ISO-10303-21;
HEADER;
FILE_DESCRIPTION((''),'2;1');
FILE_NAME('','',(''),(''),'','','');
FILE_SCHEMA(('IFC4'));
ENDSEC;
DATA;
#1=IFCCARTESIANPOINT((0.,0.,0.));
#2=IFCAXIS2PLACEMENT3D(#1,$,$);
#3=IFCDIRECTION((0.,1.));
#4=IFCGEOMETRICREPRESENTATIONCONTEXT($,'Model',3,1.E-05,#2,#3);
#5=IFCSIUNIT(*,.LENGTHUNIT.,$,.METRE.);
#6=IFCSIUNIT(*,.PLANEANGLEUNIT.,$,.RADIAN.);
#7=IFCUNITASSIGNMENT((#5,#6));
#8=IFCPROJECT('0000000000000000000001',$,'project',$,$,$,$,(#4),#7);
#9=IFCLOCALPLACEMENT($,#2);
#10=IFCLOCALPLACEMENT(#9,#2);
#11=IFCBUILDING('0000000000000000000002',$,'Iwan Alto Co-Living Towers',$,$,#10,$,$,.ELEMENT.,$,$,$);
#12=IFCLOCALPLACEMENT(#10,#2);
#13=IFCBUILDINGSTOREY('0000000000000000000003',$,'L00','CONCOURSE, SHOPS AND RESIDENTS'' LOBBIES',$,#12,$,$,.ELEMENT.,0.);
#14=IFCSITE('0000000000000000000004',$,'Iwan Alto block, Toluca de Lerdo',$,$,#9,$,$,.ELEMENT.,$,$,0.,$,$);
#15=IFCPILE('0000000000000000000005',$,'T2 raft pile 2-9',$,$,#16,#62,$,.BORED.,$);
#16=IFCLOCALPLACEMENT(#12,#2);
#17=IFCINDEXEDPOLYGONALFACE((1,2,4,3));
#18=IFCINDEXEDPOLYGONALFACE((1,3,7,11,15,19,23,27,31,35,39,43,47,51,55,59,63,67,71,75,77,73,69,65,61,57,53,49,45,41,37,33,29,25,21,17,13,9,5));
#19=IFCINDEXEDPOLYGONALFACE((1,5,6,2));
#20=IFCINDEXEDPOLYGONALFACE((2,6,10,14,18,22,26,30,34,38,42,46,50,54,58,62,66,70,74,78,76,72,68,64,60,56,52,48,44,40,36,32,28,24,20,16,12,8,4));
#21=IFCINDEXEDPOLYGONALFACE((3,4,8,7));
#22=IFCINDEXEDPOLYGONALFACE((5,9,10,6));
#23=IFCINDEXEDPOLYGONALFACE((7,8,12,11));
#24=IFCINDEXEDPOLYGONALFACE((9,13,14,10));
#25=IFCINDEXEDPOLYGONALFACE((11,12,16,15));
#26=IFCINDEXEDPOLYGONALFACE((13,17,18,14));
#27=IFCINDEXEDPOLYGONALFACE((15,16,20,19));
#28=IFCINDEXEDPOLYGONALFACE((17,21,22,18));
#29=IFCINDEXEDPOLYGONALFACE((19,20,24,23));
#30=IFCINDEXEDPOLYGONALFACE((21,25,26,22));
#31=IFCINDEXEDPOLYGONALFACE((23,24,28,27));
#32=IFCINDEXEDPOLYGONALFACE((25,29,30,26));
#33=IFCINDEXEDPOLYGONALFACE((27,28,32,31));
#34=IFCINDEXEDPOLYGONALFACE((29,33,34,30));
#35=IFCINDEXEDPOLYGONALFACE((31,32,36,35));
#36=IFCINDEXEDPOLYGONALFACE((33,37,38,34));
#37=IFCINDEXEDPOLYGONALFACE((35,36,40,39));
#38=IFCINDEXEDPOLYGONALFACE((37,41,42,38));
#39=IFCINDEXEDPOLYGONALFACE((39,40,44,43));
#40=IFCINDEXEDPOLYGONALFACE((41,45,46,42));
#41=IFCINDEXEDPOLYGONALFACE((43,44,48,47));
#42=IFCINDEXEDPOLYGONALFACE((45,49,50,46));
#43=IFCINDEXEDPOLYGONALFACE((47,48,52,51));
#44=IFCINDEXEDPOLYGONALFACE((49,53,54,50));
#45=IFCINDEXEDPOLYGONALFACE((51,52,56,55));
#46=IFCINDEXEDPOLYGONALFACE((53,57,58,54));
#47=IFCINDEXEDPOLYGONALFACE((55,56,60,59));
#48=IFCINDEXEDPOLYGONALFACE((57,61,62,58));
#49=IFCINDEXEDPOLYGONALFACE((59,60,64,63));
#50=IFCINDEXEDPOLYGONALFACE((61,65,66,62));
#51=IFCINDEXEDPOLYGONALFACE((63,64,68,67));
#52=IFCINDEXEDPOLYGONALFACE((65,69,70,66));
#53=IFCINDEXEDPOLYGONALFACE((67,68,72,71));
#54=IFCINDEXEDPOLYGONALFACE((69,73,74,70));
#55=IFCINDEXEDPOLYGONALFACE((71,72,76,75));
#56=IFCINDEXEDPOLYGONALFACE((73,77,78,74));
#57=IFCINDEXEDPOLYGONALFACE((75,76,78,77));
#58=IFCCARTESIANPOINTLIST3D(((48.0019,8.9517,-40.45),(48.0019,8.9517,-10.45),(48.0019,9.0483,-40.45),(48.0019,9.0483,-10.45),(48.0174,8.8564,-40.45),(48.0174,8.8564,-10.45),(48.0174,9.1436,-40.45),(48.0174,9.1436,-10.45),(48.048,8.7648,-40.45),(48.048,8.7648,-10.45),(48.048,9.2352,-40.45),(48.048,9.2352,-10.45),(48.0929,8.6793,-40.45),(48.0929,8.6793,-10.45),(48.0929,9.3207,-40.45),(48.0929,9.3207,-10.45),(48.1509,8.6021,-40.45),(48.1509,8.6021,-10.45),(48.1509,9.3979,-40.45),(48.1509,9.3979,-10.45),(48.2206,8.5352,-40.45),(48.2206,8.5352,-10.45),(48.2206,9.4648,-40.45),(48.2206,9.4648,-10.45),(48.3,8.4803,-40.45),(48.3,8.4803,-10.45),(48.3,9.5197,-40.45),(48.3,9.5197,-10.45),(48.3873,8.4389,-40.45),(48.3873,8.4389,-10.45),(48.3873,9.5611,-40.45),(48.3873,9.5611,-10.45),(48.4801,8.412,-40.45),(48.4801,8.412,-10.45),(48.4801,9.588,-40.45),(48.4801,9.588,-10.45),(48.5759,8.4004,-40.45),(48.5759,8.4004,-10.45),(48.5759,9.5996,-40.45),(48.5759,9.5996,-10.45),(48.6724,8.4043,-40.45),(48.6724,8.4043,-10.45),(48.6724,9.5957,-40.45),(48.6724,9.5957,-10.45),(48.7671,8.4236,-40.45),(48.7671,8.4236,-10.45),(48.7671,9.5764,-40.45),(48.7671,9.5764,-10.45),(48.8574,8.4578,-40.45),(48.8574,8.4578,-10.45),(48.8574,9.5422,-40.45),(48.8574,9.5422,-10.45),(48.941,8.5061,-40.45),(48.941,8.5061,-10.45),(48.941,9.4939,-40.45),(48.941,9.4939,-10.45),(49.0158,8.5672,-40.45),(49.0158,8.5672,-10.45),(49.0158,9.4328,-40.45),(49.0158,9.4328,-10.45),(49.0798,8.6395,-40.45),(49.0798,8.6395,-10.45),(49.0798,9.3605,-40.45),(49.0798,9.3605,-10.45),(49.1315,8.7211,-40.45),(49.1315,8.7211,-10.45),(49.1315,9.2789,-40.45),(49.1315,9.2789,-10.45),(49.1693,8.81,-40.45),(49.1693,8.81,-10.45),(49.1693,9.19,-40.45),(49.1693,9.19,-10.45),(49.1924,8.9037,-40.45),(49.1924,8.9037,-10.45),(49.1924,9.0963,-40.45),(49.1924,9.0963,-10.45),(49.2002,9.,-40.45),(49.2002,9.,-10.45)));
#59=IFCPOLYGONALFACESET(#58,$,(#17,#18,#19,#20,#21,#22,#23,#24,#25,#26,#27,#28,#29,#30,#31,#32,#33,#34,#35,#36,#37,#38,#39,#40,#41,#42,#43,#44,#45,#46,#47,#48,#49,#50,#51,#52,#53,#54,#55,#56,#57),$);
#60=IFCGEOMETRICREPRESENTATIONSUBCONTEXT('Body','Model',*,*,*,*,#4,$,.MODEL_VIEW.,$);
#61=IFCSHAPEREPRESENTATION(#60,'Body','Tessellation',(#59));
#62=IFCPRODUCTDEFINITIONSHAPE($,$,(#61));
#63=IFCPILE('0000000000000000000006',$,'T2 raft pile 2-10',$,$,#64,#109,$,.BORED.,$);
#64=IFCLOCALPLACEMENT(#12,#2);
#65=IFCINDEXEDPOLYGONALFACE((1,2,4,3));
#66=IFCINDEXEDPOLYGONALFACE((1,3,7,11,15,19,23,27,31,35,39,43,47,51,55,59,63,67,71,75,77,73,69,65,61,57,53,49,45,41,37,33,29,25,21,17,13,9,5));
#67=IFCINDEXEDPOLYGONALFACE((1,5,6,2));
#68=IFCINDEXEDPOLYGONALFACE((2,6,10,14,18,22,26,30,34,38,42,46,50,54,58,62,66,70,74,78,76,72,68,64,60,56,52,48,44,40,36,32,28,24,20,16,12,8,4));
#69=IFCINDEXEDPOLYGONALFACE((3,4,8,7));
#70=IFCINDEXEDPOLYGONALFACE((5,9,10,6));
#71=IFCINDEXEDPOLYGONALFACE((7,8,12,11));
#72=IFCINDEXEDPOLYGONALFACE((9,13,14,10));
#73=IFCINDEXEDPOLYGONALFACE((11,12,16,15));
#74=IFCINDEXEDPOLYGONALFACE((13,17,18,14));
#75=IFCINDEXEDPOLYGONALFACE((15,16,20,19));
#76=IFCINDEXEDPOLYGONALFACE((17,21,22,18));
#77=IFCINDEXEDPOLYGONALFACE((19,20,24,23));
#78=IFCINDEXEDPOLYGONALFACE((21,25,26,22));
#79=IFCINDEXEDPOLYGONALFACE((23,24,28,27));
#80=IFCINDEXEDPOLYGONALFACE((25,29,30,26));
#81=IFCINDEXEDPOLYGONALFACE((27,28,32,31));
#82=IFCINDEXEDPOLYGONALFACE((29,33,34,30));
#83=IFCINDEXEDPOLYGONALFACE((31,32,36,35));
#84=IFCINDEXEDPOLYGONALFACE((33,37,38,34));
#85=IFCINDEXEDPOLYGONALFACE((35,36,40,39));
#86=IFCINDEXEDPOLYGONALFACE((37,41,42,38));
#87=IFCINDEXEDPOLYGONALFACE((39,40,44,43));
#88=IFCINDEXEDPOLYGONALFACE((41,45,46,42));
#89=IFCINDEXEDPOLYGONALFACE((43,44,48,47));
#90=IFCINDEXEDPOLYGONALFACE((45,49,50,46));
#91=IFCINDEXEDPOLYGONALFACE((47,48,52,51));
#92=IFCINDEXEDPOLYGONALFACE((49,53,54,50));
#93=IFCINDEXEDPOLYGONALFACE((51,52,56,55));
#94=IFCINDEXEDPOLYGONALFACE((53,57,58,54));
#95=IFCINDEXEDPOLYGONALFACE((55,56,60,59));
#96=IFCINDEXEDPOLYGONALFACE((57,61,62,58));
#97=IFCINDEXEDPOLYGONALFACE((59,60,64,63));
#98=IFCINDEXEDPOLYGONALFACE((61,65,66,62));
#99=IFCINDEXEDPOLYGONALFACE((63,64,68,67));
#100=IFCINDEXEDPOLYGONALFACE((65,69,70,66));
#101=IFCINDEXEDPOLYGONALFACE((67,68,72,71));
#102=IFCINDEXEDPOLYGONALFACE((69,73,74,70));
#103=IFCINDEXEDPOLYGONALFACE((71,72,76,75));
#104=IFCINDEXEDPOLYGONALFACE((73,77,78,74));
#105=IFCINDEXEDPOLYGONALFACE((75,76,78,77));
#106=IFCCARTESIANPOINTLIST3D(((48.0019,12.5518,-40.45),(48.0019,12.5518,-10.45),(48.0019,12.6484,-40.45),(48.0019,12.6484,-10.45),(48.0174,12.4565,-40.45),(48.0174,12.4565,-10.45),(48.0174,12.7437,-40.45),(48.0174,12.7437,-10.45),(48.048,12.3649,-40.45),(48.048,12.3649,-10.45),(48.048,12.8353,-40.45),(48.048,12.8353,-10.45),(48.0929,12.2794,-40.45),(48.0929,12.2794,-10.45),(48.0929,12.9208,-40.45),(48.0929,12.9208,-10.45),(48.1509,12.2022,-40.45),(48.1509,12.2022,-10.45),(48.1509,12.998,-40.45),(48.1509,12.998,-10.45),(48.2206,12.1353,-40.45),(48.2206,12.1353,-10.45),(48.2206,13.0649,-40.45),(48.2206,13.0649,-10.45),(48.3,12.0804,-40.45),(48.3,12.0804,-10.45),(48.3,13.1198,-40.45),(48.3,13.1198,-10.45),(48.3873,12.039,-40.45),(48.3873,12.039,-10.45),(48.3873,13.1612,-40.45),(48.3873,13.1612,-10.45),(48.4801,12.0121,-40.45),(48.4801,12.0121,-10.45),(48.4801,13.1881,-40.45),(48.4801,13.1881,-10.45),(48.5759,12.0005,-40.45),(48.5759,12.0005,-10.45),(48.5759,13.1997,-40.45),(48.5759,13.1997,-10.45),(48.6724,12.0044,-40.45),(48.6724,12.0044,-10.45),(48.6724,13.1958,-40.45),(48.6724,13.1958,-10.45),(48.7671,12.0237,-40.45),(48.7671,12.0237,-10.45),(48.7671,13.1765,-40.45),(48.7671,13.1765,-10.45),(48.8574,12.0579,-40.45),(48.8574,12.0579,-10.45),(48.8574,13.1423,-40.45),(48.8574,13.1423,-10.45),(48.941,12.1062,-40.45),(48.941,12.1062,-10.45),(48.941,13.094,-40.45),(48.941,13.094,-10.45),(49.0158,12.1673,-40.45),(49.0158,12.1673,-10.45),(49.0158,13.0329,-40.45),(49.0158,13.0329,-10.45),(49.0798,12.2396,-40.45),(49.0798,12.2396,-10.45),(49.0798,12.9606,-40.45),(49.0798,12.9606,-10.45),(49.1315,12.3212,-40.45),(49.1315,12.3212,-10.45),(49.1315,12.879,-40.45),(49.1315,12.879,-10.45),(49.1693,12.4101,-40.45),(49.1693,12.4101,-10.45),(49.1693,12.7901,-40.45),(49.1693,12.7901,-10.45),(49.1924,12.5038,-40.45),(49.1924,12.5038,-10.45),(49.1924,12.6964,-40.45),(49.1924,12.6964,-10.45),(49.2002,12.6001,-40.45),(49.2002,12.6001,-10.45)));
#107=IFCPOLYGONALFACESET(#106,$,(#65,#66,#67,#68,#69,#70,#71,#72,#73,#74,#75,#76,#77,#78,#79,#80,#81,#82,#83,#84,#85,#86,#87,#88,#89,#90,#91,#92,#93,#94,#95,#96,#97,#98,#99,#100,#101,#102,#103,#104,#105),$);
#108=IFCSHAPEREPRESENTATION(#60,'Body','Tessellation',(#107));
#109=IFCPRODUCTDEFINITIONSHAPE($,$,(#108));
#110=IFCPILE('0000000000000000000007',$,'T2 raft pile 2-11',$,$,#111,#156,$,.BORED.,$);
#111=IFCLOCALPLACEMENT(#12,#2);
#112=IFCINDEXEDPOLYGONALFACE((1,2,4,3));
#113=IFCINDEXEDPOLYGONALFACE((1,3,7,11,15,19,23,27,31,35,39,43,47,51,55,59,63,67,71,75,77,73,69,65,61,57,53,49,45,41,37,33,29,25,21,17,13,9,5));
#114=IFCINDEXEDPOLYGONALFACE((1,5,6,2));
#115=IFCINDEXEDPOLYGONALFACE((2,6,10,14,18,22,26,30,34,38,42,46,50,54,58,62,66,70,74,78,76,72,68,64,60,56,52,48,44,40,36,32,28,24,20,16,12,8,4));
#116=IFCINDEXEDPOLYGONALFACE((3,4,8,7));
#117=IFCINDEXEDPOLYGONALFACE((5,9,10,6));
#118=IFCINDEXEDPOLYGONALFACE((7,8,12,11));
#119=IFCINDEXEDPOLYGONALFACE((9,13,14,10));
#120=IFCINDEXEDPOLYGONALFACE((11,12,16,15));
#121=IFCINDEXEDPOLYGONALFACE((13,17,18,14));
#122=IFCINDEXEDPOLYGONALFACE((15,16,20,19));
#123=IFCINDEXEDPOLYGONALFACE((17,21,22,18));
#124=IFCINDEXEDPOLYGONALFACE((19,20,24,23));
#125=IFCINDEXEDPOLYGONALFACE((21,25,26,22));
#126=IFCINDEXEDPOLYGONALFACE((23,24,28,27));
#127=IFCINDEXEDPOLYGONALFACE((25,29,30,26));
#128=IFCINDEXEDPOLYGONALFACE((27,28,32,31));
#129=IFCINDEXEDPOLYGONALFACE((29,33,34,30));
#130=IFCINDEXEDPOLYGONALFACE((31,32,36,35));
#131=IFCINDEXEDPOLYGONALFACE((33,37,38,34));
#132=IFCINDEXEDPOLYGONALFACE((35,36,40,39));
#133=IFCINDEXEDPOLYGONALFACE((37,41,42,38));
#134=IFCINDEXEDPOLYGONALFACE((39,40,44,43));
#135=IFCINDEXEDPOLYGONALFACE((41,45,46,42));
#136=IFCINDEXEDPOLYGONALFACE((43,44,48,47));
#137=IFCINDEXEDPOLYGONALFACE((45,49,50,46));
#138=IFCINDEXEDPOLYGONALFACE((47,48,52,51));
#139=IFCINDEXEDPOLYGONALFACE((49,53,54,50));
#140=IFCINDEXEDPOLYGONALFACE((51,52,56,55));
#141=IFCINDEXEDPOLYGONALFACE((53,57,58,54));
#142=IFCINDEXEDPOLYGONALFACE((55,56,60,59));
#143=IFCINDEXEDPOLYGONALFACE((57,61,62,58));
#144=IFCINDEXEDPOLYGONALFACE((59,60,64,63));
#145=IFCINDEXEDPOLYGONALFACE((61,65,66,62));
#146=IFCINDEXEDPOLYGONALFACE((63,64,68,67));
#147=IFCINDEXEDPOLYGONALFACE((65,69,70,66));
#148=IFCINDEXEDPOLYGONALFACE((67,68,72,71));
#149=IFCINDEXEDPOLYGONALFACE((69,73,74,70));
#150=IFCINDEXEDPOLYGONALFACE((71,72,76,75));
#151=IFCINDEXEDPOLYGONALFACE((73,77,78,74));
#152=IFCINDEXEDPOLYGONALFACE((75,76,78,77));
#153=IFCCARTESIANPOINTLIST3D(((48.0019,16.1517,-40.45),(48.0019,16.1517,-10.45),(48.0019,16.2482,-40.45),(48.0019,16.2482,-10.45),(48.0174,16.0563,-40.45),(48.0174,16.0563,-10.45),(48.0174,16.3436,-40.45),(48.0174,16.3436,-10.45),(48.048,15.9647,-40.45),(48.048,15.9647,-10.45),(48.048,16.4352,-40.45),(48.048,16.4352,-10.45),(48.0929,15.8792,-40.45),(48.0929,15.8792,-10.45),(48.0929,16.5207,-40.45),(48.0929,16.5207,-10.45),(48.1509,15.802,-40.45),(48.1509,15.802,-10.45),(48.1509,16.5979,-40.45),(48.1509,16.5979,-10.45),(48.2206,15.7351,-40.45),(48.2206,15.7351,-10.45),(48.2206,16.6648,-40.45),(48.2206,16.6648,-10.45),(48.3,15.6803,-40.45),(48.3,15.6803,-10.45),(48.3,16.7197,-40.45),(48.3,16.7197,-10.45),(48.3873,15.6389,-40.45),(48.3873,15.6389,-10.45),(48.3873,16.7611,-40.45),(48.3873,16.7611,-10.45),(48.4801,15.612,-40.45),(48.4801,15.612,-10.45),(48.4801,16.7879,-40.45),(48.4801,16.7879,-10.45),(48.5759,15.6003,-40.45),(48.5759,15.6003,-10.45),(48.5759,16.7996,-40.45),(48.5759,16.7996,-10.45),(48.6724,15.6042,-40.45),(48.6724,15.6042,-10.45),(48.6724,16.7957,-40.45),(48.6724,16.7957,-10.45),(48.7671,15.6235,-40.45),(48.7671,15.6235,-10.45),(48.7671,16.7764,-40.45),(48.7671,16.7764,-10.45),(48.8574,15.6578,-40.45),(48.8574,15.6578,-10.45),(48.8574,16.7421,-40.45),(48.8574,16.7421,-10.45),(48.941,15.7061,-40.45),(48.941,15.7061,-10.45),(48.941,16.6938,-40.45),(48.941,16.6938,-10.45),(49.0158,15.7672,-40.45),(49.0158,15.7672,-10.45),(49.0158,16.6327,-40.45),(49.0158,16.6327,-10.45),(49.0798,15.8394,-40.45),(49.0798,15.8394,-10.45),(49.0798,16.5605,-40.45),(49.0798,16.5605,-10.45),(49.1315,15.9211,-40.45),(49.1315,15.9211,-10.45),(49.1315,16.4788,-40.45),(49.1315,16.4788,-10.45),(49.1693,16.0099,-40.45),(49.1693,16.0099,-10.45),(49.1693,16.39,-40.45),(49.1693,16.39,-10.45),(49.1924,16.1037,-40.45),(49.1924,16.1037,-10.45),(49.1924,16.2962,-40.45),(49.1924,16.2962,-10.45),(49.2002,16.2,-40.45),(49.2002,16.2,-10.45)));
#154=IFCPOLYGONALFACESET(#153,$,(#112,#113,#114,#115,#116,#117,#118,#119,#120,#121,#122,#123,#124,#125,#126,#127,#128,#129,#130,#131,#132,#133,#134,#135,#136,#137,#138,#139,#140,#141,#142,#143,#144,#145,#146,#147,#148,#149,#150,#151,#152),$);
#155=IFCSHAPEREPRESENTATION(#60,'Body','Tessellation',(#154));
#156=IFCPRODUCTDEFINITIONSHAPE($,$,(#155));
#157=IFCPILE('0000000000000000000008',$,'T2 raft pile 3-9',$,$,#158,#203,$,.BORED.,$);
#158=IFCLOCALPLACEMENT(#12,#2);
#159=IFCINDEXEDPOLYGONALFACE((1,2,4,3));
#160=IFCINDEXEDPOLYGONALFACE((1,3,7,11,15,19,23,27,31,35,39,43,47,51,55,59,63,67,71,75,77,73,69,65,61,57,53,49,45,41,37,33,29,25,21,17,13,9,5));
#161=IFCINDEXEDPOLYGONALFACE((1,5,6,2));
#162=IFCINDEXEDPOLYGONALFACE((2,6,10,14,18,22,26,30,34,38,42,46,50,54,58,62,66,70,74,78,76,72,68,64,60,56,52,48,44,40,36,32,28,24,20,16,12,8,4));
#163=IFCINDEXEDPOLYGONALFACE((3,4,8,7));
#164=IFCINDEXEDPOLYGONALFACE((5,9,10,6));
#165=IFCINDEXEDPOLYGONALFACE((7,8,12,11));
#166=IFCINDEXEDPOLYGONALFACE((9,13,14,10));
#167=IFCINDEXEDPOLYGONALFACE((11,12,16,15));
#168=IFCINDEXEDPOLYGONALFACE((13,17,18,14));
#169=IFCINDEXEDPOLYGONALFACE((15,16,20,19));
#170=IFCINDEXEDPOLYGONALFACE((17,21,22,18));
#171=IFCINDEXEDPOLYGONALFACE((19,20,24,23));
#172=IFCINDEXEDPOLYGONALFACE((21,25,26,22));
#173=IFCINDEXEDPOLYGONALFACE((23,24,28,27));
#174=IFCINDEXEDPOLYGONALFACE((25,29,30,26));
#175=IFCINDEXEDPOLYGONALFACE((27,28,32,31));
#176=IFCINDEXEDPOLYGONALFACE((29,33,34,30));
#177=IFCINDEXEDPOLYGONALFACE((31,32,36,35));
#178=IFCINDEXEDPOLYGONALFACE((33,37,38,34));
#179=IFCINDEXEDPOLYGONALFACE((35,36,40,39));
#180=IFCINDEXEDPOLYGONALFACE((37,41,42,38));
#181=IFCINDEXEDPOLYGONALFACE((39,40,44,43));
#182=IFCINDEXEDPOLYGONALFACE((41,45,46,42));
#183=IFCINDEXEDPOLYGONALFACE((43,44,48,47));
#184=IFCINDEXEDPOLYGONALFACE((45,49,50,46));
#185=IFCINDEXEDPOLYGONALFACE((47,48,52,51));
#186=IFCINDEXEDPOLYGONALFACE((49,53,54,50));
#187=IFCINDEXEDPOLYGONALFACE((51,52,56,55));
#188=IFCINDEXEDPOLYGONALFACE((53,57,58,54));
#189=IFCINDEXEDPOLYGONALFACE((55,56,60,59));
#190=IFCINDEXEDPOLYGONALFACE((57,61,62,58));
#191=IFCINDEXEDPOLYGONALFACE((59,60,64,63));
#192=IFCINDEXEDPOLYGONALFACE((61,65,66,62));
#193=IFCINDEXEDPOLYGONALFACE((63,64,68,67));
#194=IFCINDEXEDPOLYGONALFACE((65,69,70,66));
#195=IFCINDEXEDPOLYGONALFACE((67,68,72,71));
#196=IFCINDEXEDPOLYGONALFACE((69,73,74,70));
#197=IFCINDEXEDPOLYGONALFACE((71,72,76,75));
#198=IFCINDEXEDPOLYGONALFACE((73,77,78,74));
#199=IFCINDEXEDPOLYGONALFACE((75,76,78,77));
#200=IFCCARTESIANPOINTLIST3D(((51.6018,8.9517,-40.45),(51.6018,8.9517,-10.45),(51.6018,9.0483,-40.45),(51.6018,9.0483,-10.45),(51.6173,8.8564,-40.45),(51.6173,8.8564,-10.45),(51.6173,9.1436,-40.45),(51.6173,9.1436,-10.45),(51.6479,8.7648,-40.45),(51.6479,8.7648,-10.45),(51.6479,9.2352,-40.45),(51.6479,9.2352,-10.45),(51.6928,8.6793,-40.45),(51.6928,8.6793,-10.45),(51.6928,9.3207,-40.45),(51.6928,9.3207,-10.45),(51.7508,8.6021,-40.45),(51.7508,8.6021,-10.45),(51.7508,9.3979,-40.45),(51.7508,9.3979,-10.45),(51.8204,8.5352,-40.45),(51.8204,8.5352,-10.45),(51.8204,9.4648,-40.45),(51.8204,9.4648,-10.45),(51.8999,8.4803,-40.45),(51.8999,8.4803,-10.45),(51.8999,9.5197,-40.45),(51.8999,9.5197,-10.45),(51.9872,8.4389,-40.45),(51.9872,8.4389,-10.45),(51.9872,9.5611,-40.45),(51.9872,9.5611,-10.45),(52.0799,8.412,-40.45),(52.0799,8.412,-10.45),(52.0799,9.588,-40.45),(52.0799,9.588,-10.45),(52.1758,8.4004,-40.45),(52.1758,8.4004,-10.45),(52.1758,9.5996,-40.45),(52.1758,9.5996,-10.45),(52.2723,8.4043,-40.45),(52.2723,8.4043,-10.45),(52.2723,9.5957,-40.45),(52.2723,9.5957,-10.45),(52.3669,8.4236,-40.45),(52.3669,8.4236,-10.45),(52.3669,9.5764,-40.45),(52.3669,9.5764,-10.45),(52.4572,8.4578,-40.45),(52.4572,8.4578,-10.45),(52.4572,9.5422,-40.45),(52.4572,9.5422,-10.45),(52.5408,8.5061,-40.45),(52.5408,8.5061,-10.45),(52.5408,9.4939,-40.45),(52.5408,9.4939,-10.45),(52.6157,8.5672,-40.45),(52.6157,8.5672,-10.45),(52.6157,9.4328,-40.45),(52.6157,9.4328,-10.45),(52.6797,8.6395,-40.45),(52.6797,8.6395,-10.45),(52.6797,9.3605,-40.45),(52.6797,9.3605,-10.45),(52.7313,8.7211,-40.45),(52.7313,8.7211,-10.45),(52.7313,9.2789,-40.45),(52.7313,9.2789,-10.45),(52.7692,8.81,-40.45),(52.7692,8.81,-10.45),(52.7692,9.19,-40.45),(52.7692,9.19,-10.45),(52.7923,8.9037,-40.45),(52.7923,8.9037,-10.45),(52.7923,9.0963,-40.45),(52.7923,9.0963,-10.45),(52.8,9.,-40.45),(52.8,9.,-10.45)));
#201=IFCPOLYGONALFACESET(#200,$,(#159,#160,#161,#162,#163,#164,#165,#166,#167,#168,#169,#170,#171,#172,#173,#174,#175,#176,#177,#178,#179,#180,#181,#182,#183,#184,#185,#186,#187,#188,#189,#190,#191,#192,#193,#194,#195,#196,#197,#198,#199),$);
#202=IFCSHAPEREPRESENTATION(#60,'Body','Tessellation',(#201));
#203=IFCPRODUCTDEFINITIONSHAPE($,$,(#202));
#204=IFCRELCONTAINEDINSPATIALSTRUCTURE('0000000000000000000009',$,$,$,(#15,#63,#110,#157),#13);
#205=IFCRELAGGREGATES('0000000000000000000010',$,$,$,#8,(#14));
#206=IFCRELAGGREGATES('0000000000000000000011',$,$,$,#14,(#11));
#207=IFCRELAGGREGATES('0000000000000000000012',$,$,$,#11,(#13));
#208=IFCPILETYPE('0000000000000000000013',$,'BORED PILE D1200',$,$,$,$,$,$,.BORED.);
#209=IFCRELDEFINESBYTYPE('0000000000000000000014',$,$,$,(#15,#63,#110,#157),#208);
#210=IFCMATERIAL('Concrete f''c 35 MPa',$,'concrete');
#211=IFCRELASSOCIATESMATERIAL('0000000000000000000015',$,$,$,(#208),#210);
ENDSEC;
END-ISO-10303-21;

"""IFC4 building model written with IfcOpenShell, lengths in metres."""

from ifc_helpers import new_model, si_unit, direction, frame, origin, origin_2d, place, context, subcontext, project, spatial, circle, extrude, material, material_profile, profile_set, type_object, element, save


model = new_model("IFC4")

# Units and contexts
model_context = context("Model", 3, precision=1e-05, world=origin(), true_north=direction((0.0, 1.0)))
body_context = subcontext(model_context, "Body", "Model", "MODEL_VIEW")
ifc_project = project(units=[si_unit("LENGTHUNIT", "METRE"), si_unit("PLANEANGLEUNIT", "RADIAN")], contexts=[model_context])

# Site, building, storey
site_placement = place(None, origin())
site = spatial("IfcSite", under=ifc_project, at=site_placement, Name="Iwan Alto block, Toluca de Lerdo", CompositionType="ELEMENT", RefElevation=0.0)
building_placement = place(site_placement, origin())
building = spatial("IfcBuilding", under=site, at=building_placement, Name="Iwan Alto Co-Living Towers", CompositionType="ELEMENT")
storey_placement = place(building_placement, origin())
storey = spatial("IfcBuildingStorey", under=building, at=storey_placement, Name="L00", Description="CONCOURSE, SHOPS AND RESIDENTS' LOBBIES", CompositionType="ELEMENT", Elevation=0.0)

# Piles
ifc_material_1 = material(Name="Concrete f'c 35 MPa", Category="concrete")
ifc_material_profile_1 = material_profile(ifc_material_1, circle(Radius=0.6001, at=origin_2d()), Name="D1200")
ifc_profile_set_1 = profile_set([ifc_material_profile_1], Name="Concrete f'c 35 MPa")
pile_type = type_object("IfcPileType", Name="BORED PILE D1200", PredefinedType="BORED", material=ifc_profile_set_1)
for number, where, z_axis, x_axis, name in (
    (1, (48.6001, 9.0, -10.45), (0.0, 0.0, -1.0), (1.0, 0.0, 0.0), "T2 raft pile 2-9"),
    (2, (48.6001, 12.6001, -10.45), (0.0, 0.0, -1.0), (1.0, 0.0, 0.0), "T2 raft pile 2-10"),
    (3, (48.6001, 16.2, -10.45), (0.0, 0.0, -1.0), (1.0, 0.0, 0.0), "T2 raft pile 2-11"),
    (4, (52.2, 9.0, -10.45), (0.0, 0.0, -1.0), (1.0, 0.0, 0.0), "T2 raft pile 3-9"),
):
    element("IfcPile", number, at=place(storey_placement, frame(where, z_axis=z_axis, x_axis=x_axis)), inside=storey, type_object=pile_type, Name=name, PredefinedType="BORED", context=body_context, shape_type="SweptSolid", body=[
        extrude(circle(Radius=0.6001, at=origin_2d()), origin(), (0.0, 0.0, 1.0), 30.0),
    ])

save(model, "model.ifc")
